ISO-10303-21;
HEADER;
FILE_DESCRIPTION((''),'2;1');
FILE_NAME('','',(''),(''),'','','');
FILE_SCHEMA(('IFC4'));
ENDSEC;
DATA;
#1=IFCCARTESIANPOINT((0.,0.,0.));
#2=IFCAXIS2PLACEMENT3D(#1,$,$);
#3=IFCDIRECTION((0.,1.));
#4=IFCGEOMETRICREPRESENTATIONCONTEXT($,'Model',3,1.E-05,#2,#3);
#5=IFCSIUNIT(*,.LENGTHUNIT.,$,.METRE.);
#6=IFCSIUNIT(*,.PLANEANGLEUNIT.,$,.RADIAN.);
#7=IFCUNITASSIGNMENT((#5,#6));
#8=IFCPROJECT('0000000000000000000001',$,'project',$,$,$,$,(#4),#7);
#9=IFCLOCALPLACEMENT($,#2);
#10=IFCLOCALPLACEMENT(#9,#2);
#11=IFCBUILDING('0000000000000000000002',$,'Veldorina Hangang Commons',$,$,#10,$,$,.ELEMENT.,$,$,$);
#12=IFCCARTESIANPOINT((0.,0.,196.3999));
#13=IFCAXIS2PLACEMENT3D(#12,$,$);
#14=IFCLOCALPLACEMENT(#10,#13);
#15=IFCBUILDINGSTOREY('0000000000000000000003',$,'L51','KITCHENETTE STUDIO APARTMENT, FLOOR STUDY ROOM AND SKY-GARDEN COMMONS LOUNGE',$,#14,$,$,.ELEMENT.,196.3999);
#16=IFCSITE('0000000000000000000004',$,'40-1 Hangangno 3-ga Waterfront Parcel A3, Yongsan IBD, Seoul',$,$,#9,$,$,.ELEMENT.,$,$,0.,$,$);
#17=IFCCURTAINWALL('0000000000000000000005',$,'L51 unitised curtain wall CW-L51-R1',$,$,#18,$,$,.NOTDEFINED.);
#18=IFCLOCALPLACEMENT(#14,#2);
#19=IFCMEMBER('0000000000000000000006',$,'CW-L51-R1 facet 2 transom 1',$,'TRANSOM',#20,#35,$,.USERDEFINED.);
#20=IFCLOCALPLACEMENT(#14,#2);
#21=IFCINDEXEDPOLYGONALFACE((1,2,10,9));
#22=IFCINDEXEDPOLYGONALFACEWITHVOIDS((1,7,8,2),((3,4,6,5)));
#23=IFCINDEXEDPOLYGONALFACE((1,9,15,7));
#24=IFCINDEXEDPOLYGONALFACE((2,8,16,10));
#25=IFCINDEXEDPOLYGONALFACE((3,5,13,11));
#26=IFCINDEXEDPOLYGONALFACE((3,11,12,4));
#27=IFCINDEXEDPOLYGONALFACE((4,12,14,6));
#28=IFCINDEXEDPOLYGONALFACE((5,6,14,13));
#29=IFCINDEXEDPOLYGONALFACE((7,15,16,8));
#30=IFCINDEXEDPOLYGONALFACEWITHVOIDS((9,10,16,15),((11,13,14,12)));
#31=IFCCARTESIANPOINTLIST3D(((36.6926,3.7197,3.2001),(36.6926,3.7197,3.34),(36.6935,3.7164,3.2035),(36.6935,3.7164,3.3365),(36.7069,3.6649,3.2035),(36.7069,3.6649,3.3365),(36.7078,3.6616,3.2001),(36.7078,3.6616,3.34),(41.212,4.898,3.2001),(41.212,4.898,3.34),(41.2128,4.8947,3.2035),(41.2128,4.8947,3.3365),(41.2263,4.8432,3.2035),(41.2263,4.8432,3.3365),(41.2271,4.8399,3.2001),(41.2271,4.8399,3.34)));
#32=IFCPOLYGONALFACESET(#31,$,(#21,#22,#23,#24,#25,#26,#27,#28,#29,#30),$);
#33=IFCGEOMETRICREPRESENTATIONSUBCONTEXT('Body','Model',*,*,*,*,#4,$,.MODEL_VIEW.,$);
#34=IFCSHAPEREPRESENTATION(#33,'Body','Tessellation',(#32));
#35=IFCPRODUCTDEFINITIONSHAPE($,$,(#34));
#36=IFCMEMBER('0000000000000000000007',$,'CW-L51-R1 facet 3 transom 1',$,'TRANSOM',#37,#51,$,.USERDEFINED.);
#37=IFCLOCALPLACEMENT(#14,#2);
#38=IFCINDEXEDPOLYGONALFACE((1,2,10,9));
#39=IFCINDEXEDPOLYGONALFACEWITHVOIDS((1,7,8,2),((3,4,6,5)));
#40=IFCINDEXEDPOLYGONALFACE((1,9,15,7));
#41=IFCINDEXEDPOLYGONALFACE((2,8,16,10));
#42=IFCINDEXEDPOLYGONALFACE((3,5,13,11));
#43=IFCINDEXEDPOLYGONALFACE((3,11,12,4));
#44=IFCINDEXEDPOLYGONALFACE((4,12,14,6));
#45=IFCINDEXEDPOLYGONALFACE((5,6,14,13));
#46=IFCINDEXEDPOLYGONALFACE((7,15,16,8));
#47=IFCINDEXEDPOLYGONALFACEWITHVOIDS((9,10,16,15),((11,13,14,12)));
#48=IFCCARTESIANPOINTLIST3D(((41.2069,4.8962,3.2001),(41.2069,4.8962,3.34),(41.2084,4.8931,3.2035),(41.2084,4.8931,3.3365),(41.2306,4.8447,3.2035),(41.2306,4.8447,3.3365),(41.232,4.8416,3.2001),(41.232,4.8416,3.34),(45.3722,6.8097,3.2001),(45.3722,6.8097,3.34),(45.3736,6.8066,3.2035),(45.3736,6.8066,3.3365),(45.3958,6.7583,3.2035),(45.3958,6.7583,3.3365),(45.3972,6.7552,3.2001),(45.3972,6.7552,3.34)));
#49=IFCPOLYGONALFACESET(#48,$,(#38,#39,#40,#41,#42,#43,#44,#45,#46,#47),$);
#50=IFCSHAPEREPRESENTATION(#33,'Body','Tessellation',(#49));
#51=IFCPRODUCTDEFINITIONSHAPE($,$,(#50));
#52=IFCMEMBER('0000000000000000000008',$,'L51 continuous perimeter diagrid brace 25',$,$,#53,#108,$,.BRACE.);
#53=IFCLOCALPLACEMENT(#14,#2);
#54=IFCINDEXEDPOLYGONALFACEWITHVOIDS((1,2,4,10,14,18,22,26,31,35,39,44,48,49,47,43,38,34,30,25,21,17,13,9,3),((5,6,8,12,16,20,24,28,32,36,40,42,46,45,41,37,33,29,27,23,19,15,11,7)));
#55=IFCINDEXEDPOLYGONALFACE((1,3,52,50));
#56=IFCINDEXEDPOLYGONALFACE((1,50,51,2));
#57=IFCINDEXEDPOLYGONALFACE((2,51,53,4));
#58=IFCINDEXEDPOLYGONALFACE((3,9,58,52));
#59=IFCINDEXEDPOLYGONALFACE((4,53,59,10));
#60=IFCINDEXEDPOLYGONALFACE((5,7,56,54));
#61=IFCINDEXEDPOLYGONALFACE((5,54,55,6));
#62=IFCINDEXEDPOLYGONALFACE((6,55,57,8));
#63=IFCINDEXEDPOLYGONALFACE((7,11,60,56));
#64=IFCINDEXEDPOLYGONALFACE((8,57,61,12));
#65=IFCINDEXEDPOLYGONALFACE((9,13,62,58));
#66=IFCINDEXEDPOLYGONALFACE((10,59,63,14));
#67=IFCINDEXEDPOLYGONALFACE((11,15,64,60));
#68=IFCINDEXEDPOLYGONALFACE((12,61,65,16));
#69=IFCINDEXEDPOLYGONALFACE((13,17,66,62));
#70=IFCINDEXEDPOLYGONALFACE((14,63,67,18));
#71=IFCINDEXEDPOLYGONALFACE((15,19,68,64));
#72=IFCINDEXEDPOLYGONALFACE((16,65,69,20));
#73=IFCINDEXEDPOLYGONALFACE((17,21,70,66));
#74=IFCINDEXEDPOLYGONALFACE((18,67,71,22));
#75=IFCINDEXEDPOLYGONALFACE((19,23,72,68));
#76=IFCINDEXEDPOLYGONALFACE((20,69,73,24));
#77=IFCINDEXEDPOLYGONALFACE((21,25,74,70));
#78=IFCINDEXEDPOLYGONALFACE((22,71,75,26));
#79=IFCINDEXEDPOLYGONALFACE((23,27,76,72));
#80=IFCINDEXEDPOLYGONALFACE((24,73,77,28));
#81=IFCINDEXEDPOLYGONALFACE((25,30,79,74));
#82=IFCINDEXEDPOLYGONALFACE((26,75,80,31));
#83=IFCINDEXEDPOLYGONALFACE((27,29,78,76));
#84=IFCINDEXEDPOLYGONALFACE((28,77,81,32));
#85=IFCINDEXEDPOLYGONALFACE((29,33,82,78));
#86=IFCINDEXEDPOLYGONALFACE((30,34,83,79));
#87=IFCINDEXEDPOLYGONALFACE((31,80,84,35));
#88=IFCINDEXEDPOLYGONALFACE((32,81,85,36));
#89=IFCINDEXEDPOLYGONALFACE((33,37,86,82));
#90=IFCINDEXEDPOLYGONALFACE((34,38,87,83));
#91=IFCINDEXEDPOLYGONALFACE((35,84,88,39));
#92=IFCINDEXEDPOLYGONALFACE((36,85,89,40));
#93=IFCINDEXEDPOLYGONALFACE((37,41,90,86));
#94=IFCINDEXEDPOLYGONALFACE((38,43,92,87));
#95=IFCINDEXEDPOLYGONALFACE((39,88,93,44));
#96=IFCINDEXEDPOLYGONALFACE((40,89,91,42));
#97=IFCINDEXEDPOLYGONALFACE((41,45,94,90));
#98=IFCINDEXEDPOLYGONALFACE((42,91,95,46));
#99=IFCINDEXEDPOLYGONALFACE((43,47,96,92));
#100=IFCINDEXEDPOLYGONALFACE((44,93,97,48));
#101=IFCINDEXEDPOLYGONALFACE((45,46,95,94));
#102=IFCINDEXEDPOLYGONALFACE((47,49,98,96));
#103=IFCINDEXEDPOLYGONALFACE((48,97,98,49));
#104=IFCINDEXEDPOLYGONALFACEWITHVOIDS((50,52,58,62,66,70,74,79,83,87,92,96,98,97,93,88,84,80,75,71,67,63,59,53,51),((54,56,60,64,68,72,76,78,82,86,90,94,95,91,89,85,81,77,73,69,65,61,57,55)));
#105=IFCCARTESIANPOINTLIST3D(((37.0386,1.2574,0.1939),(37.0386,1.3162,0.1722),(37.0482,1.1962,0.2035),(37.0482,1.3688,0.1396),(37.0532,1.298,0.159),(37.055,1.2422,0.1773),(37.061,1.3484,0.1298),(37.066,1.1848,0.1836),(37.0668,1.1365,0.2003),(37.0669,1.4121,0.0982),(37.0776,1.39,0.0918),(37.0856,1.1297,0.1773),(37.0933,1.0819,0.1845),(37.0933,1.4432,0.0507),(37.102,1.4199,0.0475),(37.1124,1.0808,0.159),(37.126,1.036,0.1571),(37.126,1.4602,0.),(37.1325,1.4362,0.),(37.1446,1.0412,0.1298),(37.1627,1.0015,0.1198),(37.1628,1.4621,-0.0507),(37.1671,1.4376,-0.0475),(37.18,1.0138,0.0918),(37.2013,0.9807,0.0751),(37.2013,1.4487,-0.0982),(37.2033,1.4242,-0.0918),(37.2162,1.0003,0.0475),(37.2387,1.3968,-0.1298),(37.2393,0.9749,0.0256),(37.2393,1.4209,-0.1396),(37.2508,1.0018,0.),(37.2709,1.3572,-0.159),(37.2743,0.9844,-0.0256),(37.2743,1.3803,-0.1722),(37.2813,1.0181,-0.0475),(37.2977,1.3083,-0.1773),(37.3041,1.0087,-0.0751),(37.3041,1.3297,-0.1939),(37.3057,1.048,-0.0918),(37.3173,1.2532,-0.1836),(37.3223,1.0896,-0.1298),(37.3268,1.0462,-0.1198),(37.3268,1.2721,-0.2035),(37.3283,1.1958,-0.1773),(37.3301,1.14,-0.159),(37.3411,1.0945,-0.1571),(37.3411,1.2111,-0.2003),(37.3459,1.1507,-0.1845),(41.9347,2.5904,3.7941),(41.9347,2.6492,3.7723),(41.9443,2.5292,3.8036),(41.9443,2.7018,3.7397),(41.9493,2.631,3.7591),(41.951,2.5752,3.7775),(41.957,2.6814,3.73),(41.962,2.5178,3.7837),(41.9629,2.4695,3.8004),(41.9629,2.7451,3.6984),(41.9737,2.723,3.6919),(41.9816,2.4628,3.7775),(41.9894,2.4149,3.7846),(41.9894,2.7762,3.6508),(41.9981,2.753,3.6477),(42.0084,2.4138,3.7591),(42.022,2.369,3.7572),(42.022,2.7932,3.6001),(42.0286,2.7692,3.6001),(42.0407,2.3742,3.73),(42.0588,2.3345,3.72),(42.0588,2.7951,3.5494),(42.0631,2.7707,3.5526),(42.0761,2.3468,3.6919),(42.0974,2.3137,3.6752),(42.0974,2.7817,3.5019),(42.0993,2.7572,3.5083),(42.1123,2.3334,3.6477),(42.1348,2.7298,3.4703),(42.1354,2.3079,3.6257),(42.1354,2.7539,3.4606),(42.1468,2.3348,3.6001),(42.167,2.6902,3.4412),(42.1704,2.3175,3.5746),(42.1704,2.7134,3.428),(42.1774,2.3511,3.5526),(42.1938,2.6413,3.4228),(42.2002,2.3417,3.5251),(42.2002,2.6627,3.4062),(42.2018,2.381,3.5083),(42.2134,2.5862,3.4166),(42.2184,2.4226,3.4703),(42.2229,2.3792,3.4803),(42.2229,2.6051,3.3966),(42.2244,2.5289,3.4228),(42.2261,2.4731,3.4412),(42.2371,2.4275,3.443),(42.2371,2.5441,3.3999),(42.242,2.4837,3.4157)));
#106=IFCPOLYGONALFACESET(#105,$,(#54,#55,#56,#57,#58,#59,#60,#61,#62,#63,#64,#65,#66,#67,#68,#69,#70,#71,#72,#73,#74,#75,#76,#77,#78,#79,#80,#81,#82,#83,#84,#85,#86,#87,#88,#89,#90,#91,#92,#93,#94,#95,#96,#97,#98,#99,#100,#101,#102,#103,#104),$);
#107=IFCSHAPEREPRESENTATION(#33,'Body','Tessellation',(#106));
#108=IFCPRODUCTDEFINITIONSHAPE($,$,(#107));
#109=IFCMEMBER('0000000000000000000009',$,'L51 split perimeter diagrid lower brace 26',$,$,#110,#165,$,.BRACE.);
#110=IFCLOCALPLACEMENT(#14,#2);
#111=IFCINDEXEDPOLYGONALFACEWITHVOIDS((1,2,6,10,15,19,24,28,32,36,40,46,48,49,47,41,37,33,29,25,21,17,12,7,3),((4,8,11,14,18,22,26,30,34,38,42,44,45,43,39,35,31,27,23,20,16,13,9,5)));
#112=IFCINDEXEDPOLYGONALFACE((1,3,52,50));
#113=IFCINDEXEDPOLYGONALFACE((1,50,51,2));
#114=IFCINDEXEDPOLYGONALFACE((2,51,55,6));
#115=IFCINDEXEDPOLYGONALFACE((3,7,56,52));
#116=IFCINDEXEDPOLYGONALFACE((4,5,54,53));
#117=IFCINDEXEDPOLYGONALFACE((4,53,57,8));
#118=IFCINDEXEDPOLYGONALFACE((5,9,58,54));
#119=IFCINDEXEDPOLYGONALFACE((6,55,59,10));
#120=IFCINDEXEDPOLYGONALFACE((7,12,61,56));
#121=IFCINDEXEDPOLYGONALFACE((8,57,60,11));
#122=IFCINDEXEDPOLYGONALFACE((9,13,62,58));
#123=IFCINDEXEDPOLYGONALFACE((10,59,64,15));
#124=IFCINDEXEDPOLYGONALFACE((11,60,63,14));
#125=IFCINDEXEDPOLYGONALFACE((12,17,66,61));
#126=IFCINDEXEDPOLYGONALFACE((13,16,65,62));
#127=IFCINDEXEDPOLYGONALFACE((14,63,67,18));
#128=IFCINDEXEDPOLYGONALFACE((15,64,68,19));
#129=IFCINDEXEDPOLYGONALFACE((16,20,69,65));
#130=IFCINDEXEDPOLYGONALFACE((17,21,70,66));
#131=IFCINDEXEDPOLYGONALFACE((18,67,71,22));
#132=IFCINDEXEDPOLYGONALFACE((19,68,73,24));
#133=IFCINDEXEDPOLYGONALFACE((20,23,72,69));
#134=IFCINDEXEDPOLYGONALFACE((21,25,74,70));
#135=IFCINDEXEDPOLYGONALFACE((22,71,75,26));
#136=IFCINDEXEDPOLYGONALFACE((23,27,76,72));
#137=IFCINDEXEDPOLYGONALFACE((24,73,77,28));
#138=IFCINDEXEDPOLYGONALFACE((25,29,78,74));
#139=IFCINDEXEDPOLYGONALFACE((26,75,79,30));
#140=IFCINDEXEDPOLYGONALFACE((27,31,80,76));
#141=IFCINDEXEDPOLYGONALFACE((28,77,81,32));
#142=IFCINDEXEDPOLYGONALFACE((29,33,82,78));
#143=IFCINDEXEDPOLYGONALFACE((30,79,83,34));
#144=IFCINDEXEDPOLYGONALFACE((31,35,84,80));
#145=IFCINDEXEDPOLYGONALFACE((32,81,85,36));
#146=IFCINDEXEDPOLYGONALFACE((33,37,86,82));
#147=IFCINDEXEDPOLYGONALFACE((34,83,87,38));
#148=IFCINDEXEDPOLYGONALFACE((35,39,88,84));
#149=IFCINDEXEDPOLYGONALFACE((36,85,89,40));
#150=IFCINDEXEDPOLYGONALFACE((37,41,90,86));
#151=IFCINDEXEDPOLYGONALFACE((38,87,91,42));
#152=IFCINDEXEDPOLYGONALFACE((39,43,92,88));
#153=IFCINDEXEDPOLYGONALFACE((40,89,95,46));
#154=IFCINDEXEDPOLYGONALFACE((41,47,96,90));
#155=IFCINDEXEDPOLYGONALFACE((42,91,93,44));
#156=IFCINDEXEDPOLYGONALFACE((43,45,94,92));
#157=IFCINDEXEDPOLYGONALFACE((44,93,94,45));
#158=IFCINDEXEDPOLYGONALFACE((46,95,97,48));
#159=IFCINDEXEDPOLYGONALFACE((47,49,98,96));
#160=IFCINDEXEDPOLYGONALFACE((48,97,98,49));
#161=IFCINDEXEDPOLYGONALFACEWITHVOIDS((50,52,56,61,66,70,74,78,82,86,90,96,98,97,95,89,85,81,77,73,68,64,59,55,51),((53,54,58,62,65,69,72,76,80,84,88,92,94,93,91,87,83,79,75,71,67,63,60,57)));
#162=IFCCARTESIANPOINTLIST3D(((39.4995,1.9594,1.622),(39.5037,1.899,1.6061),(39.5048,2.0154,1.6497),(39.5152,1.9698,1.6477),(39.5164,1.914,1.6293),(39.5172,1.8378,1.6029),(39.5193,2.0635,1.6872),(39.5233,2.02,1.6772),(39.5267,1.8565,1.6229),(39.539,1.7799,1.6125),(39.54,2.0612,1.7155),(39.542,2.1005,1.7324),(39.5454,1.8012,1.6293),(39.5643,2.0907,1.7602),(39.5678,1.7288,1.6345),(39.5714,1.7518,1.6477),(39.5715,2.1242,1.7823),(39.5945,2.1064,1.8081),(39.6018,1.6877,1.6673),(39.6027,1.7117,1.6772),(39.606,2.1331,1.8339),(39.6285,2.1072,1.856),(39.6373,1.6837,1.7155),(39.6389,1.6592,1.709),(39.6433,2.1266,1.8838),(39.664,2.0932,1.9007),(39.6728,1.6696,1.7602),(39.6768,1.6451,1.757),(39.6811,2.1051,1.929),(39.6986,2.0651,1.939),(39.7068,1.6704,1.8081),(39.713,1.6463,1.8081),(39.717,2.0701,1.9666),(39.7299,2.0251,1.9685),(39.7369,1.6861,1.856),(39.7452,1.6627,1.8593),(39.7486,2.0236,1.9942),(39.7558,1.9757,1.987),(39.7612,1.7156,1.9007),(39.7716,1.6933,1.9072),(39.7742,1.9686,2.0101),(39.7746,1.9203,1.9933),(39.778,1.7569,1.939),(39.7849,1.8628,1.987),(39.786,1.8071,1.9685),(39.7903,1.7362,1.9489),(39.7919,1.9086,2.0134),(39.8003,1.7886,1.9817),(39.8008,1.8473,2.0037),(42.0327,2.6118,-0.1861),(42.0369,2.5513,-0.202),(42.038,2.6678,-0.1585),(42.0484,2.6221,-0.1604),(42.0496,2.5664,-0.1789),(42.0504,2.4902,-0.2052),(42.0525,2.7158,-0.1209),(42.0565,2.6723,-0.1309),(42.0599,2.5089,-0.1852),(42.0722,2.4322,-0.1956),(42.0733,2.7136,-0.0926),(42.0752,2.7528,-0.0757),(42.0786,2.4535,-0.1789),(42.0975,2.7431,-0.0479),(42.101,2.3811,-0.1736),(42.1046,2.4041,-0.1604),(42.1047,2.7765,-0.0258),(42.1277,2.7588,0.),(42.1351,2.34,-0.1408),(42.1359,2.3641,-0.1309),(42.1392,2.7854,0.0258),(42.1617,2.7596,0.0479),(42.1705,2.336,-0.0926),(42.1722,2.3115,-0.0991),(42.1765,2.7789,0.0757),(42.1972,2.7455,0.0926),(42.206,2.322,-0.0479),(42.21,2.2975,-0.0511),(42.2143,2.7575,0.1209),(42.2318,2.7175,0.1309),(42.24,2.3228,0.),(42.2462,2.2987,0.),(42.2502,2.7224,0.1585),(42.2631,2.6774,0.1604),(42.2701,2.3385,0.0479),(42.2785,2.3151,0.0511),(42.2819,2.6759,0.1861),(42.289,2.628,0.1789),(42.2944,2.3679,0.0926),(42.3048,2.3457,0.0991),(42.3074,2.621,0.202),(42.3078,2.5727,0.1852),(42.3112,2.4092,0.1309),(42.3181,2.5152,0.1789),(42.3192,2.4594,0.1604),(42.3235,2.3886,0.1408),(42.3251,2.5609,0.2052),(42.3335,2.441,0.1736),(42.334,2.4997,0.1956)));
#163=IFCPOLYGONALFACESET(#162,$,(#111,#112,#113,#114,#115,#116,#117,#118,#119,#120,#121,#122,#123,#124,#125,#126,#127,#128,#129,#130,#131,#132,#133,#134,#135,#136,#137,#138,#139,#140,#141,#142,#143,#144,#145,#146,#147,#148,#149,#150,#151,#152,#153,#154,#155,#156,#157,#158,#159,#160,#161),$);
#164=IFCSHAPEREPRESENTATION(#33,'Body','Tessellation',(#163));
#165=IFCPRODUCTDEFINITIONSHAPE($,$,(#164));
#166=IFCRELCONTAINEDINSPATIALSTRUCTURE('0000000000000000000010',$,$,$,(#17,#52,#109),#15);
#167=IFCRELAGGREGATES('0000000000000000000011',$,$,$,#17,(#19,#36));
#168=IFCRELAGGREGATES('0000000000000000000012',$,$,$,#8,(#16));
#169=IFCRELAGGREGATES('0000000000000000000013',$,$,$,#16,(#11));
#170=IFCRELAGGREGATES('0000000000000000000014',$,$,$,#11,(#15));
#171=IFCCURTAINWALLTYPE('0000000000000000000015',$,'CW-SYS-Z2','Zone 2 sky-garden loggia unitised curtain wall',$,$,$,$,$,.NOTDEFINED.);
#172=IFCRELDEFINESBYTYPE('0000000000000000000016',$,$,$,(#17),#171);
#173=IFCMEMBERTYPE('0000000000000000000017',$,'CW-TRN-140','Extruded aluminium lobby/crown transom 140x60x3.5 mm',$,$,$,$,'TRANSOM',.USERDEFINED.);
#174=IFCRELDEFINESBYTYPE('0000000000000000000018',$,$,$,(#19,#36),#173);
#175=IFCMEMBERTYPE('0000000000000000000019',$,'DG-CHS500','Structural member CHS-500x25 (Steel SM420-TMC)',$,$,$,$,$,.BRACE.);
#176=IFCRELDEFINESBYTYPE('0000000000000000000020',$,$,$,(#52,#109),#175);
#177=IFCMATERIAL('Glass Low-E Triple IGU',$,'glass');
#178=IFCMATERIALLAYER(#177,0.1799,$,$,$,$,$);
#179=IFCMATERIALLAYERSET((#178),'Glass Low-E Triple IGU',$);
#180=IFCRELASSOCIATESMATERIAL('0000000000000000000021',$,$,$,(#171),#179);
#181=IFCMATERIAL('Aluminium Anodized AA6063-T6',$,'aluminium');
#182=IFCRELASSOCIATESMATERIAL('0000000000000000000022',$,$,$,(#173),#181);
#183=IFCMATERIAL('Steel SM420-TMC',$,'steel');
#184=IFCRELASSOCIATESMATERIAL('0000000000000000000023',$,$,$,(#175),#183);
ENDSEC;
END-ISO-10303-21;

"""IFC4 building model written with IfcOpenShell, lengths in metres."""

from ifc_helpers import new_model, si_unit, direction, frame, origin, origin_2d, place, context, subcontext, project, spatial, hollow_rectangle, hollow_circle, extrude, material, layer, layer_set, material_profile, profile_set, type_object, element, aggregate, save


model = new_model("IFC4")

# Units and contexts
model_context = context("Model", 3, precision=1e-05, world=origin(), true_north=direction((0.0, 1.0)))
body_context = subcontext(model_context, "Body", "Model", "MODEL_VIEW")
ifc_project = project(units=[si_unit("LENGTHUNIT", "METRE"), si_unit("PLANEANGLEUNIT", "RADIAN")], contexts=[model_context])

# Site, building, storey
site_placement = place(None, origin())
site = spatial("IfcSite", under=ifc_project, at=site_placement, Name="40-1 Hangangno 3-ga Waterfront Parcel A3, Yongsan IBD, Seoul", CompositionType="ELEMENT", RefElevation=0.0)
building_placement = place(site_placement, origin())
building = spatial("IfcBuilding", under=site, at=building_placement, Name="Veldorina Hangang Commons", CompositionType="ELEMENT")
storey_placement = place(building_placement, frame((0.0, 0.0, 196.3999)))
storey = spatial("IfcBuildingStorey", under=building, at=storey_placement, Name="L51", Description="KITCHENETTE STUDIO APARTMENT, FLOOR STUDY ROOM AND SKY-GARDEN COMMONS LOUNGE", CompositionType="ELEMENT", Elevation=196.3999)

# Shared definitions
ifc_material_1 = material(Name="Steel SM420-TMC", Category="steel")

# Curtain wall, members
ifc_material_2 = material(Name="Glass Low-E Triple IGU", Category="glass")
ifc_layer_1 = layer(ifc_material_2, 0.1799)
ifc_layer_set_1 = layer_set([ifc_layer_1], Name="Glass Low-E Triple IGU")
curtain_wall_type = type_object("IfcCurtainWallType", Name="CW-SYS-Z2", Description="Zone 2 sky-garden loggia unitised curtain wall", PredefinedType="NOTDEFINED", material=ifc_layer_set_1)
curtain_wall_placement = place(storey_placement, origin())
curtain_wall = element("IfcCurtainWall", 1, at=curtain_wall_placement, inside=storey, type_object=curtain_wall_type, Name="L51 unitised curtain wall CW-L51-R1", PredefinedType="NOTDEFINED")
ifc_material_3 = material(Name="Aluminium Anodized AA6063-T6", Category="aluminium")
ifc_material_profile_1 = material_profile(ifc_material_3, hollow_rectangle(XDim=0.0601, YDim=0.1399, WallThickness=0.0034, at=origin_2d()), Name="ALU-RHS-140x60x3.5")
ifc_profile_set_1 = profile_set([ifc_material_profile_1], Name="Aluminium Anodized AA6063-T6")
member_type_1 = type_object("IfcMemberType", Name="CW-TRN-140", Description="Extruded aluminium lobby/crown transom 140x60x3.5 mm", ElementType="TRANSOM", PredefinedType="USERDEFINED", material=ifc_profile_set_1)
member_1_placement = place(storey_placement, frame((36.7002, 3.6907, 3.27), z_axis=(0.967655, 0.252277, 0.0), x_axis=(-0.252277, 0.967655, 0.0)))
member_1 = element("IfcMember", 2, at=member_1_placement, type_object=member_type_1, Name="CW-L51-R1 facet 2 transom 1", ObjectType="TRANSOM", PredefinedType="USERDEFINED", context=body_context, shape_type="SweptSolid", body=[
    extrude(hollow_rectangle(XDim=0.0601, YDim=0.1399, WallThickness=0.0034, at=origin_2d()), origin(), (0.0, 0.0, 1.0), 4.6704),
])
member_2_placement = place(storey_placement, frame((41.2195, 4.8689, 3.27), z_axis=(0.908694, 0.417463, 0.0), x_axis=(-0.417463, 0.908694, 0.0)))
member_2 = element("IfcMember", 3, at=member_2_placement, type_object=member_type_1, Name="CW-L51-R1 facet 3 transom 1", ObjectType="TRANSOM", PredefinedType="USERDEFINED", context=body_context, shape_type="SweptSolid", body=[
    extrude(hollow_rectangle(XDim=0.0601, YDim=0.1399, WallThickness=0.0034, at=origin_2d()), origin(), (0.0, 0.0, 1.0), 4.5837),
])

# Members
ifc_material_profile_2 = material_profile(ifc_material_1, hollow_circle(Radius=0.25, WallThickness=0.0249, at=origin_2d()), Name="CHS-500x25")
ifc_profile_set_2 = profile_set([ifc_material_profile_2], Name="Steel SM420-TMC")
member_type_2 = type_object("IfcMemberType", Name="DG-CHS500", Description="Structural member CHS-500x25 (Steel SM420-TMC)", PredefinedType="BRACE", material=ifc_profile_set_2)
member_3_placement = place(storey_placement, frame((37.1917, 1.219, 0.0), z_axis=(0.786934, 0.214255, 0.578644), x_axis=(-0.262702, 0.964877, 0.0)))
element("IfcMember", 4, at=member_3_placement, inside=storey, type_object=member_type_2, Name="L51 continuous perimeter diagrid brace 25", PredefinedType="BRACE", context=body_context, shape_type="SweptSolid", body=[
    extrude(hollow_circle(Radius=0.25, WallThickness=0.0249, at=origin_2d()), origin(), (0.0, 0.0, 1.0), 6.2217),
])
member_4_placement = place(storey_placement, frame((42.1838, 2.5408, 0.0), z_axis=(-0.796624, -0.205144, 0.5686), x_axis=(0.249381, -0.968405, 0.0)))
element("IfcMember", 5, at=member_4_placement, inside=storey, type_object=member_type_2, Name="L51 split perimeter diagrid lower brace 26", PredefinedType="BRACE", context=body_context, shape_type="SweptSolid", body=[
    extrude(hollow_circle(Radius=0.25, WallThickness=0.0249, at=origin_2d()), origin(), (0.0, 0.0, 1.0), 3.1799),
])

aggregate(curtain_wall, [member_1, member_2])

save(model, "model.ifc")
